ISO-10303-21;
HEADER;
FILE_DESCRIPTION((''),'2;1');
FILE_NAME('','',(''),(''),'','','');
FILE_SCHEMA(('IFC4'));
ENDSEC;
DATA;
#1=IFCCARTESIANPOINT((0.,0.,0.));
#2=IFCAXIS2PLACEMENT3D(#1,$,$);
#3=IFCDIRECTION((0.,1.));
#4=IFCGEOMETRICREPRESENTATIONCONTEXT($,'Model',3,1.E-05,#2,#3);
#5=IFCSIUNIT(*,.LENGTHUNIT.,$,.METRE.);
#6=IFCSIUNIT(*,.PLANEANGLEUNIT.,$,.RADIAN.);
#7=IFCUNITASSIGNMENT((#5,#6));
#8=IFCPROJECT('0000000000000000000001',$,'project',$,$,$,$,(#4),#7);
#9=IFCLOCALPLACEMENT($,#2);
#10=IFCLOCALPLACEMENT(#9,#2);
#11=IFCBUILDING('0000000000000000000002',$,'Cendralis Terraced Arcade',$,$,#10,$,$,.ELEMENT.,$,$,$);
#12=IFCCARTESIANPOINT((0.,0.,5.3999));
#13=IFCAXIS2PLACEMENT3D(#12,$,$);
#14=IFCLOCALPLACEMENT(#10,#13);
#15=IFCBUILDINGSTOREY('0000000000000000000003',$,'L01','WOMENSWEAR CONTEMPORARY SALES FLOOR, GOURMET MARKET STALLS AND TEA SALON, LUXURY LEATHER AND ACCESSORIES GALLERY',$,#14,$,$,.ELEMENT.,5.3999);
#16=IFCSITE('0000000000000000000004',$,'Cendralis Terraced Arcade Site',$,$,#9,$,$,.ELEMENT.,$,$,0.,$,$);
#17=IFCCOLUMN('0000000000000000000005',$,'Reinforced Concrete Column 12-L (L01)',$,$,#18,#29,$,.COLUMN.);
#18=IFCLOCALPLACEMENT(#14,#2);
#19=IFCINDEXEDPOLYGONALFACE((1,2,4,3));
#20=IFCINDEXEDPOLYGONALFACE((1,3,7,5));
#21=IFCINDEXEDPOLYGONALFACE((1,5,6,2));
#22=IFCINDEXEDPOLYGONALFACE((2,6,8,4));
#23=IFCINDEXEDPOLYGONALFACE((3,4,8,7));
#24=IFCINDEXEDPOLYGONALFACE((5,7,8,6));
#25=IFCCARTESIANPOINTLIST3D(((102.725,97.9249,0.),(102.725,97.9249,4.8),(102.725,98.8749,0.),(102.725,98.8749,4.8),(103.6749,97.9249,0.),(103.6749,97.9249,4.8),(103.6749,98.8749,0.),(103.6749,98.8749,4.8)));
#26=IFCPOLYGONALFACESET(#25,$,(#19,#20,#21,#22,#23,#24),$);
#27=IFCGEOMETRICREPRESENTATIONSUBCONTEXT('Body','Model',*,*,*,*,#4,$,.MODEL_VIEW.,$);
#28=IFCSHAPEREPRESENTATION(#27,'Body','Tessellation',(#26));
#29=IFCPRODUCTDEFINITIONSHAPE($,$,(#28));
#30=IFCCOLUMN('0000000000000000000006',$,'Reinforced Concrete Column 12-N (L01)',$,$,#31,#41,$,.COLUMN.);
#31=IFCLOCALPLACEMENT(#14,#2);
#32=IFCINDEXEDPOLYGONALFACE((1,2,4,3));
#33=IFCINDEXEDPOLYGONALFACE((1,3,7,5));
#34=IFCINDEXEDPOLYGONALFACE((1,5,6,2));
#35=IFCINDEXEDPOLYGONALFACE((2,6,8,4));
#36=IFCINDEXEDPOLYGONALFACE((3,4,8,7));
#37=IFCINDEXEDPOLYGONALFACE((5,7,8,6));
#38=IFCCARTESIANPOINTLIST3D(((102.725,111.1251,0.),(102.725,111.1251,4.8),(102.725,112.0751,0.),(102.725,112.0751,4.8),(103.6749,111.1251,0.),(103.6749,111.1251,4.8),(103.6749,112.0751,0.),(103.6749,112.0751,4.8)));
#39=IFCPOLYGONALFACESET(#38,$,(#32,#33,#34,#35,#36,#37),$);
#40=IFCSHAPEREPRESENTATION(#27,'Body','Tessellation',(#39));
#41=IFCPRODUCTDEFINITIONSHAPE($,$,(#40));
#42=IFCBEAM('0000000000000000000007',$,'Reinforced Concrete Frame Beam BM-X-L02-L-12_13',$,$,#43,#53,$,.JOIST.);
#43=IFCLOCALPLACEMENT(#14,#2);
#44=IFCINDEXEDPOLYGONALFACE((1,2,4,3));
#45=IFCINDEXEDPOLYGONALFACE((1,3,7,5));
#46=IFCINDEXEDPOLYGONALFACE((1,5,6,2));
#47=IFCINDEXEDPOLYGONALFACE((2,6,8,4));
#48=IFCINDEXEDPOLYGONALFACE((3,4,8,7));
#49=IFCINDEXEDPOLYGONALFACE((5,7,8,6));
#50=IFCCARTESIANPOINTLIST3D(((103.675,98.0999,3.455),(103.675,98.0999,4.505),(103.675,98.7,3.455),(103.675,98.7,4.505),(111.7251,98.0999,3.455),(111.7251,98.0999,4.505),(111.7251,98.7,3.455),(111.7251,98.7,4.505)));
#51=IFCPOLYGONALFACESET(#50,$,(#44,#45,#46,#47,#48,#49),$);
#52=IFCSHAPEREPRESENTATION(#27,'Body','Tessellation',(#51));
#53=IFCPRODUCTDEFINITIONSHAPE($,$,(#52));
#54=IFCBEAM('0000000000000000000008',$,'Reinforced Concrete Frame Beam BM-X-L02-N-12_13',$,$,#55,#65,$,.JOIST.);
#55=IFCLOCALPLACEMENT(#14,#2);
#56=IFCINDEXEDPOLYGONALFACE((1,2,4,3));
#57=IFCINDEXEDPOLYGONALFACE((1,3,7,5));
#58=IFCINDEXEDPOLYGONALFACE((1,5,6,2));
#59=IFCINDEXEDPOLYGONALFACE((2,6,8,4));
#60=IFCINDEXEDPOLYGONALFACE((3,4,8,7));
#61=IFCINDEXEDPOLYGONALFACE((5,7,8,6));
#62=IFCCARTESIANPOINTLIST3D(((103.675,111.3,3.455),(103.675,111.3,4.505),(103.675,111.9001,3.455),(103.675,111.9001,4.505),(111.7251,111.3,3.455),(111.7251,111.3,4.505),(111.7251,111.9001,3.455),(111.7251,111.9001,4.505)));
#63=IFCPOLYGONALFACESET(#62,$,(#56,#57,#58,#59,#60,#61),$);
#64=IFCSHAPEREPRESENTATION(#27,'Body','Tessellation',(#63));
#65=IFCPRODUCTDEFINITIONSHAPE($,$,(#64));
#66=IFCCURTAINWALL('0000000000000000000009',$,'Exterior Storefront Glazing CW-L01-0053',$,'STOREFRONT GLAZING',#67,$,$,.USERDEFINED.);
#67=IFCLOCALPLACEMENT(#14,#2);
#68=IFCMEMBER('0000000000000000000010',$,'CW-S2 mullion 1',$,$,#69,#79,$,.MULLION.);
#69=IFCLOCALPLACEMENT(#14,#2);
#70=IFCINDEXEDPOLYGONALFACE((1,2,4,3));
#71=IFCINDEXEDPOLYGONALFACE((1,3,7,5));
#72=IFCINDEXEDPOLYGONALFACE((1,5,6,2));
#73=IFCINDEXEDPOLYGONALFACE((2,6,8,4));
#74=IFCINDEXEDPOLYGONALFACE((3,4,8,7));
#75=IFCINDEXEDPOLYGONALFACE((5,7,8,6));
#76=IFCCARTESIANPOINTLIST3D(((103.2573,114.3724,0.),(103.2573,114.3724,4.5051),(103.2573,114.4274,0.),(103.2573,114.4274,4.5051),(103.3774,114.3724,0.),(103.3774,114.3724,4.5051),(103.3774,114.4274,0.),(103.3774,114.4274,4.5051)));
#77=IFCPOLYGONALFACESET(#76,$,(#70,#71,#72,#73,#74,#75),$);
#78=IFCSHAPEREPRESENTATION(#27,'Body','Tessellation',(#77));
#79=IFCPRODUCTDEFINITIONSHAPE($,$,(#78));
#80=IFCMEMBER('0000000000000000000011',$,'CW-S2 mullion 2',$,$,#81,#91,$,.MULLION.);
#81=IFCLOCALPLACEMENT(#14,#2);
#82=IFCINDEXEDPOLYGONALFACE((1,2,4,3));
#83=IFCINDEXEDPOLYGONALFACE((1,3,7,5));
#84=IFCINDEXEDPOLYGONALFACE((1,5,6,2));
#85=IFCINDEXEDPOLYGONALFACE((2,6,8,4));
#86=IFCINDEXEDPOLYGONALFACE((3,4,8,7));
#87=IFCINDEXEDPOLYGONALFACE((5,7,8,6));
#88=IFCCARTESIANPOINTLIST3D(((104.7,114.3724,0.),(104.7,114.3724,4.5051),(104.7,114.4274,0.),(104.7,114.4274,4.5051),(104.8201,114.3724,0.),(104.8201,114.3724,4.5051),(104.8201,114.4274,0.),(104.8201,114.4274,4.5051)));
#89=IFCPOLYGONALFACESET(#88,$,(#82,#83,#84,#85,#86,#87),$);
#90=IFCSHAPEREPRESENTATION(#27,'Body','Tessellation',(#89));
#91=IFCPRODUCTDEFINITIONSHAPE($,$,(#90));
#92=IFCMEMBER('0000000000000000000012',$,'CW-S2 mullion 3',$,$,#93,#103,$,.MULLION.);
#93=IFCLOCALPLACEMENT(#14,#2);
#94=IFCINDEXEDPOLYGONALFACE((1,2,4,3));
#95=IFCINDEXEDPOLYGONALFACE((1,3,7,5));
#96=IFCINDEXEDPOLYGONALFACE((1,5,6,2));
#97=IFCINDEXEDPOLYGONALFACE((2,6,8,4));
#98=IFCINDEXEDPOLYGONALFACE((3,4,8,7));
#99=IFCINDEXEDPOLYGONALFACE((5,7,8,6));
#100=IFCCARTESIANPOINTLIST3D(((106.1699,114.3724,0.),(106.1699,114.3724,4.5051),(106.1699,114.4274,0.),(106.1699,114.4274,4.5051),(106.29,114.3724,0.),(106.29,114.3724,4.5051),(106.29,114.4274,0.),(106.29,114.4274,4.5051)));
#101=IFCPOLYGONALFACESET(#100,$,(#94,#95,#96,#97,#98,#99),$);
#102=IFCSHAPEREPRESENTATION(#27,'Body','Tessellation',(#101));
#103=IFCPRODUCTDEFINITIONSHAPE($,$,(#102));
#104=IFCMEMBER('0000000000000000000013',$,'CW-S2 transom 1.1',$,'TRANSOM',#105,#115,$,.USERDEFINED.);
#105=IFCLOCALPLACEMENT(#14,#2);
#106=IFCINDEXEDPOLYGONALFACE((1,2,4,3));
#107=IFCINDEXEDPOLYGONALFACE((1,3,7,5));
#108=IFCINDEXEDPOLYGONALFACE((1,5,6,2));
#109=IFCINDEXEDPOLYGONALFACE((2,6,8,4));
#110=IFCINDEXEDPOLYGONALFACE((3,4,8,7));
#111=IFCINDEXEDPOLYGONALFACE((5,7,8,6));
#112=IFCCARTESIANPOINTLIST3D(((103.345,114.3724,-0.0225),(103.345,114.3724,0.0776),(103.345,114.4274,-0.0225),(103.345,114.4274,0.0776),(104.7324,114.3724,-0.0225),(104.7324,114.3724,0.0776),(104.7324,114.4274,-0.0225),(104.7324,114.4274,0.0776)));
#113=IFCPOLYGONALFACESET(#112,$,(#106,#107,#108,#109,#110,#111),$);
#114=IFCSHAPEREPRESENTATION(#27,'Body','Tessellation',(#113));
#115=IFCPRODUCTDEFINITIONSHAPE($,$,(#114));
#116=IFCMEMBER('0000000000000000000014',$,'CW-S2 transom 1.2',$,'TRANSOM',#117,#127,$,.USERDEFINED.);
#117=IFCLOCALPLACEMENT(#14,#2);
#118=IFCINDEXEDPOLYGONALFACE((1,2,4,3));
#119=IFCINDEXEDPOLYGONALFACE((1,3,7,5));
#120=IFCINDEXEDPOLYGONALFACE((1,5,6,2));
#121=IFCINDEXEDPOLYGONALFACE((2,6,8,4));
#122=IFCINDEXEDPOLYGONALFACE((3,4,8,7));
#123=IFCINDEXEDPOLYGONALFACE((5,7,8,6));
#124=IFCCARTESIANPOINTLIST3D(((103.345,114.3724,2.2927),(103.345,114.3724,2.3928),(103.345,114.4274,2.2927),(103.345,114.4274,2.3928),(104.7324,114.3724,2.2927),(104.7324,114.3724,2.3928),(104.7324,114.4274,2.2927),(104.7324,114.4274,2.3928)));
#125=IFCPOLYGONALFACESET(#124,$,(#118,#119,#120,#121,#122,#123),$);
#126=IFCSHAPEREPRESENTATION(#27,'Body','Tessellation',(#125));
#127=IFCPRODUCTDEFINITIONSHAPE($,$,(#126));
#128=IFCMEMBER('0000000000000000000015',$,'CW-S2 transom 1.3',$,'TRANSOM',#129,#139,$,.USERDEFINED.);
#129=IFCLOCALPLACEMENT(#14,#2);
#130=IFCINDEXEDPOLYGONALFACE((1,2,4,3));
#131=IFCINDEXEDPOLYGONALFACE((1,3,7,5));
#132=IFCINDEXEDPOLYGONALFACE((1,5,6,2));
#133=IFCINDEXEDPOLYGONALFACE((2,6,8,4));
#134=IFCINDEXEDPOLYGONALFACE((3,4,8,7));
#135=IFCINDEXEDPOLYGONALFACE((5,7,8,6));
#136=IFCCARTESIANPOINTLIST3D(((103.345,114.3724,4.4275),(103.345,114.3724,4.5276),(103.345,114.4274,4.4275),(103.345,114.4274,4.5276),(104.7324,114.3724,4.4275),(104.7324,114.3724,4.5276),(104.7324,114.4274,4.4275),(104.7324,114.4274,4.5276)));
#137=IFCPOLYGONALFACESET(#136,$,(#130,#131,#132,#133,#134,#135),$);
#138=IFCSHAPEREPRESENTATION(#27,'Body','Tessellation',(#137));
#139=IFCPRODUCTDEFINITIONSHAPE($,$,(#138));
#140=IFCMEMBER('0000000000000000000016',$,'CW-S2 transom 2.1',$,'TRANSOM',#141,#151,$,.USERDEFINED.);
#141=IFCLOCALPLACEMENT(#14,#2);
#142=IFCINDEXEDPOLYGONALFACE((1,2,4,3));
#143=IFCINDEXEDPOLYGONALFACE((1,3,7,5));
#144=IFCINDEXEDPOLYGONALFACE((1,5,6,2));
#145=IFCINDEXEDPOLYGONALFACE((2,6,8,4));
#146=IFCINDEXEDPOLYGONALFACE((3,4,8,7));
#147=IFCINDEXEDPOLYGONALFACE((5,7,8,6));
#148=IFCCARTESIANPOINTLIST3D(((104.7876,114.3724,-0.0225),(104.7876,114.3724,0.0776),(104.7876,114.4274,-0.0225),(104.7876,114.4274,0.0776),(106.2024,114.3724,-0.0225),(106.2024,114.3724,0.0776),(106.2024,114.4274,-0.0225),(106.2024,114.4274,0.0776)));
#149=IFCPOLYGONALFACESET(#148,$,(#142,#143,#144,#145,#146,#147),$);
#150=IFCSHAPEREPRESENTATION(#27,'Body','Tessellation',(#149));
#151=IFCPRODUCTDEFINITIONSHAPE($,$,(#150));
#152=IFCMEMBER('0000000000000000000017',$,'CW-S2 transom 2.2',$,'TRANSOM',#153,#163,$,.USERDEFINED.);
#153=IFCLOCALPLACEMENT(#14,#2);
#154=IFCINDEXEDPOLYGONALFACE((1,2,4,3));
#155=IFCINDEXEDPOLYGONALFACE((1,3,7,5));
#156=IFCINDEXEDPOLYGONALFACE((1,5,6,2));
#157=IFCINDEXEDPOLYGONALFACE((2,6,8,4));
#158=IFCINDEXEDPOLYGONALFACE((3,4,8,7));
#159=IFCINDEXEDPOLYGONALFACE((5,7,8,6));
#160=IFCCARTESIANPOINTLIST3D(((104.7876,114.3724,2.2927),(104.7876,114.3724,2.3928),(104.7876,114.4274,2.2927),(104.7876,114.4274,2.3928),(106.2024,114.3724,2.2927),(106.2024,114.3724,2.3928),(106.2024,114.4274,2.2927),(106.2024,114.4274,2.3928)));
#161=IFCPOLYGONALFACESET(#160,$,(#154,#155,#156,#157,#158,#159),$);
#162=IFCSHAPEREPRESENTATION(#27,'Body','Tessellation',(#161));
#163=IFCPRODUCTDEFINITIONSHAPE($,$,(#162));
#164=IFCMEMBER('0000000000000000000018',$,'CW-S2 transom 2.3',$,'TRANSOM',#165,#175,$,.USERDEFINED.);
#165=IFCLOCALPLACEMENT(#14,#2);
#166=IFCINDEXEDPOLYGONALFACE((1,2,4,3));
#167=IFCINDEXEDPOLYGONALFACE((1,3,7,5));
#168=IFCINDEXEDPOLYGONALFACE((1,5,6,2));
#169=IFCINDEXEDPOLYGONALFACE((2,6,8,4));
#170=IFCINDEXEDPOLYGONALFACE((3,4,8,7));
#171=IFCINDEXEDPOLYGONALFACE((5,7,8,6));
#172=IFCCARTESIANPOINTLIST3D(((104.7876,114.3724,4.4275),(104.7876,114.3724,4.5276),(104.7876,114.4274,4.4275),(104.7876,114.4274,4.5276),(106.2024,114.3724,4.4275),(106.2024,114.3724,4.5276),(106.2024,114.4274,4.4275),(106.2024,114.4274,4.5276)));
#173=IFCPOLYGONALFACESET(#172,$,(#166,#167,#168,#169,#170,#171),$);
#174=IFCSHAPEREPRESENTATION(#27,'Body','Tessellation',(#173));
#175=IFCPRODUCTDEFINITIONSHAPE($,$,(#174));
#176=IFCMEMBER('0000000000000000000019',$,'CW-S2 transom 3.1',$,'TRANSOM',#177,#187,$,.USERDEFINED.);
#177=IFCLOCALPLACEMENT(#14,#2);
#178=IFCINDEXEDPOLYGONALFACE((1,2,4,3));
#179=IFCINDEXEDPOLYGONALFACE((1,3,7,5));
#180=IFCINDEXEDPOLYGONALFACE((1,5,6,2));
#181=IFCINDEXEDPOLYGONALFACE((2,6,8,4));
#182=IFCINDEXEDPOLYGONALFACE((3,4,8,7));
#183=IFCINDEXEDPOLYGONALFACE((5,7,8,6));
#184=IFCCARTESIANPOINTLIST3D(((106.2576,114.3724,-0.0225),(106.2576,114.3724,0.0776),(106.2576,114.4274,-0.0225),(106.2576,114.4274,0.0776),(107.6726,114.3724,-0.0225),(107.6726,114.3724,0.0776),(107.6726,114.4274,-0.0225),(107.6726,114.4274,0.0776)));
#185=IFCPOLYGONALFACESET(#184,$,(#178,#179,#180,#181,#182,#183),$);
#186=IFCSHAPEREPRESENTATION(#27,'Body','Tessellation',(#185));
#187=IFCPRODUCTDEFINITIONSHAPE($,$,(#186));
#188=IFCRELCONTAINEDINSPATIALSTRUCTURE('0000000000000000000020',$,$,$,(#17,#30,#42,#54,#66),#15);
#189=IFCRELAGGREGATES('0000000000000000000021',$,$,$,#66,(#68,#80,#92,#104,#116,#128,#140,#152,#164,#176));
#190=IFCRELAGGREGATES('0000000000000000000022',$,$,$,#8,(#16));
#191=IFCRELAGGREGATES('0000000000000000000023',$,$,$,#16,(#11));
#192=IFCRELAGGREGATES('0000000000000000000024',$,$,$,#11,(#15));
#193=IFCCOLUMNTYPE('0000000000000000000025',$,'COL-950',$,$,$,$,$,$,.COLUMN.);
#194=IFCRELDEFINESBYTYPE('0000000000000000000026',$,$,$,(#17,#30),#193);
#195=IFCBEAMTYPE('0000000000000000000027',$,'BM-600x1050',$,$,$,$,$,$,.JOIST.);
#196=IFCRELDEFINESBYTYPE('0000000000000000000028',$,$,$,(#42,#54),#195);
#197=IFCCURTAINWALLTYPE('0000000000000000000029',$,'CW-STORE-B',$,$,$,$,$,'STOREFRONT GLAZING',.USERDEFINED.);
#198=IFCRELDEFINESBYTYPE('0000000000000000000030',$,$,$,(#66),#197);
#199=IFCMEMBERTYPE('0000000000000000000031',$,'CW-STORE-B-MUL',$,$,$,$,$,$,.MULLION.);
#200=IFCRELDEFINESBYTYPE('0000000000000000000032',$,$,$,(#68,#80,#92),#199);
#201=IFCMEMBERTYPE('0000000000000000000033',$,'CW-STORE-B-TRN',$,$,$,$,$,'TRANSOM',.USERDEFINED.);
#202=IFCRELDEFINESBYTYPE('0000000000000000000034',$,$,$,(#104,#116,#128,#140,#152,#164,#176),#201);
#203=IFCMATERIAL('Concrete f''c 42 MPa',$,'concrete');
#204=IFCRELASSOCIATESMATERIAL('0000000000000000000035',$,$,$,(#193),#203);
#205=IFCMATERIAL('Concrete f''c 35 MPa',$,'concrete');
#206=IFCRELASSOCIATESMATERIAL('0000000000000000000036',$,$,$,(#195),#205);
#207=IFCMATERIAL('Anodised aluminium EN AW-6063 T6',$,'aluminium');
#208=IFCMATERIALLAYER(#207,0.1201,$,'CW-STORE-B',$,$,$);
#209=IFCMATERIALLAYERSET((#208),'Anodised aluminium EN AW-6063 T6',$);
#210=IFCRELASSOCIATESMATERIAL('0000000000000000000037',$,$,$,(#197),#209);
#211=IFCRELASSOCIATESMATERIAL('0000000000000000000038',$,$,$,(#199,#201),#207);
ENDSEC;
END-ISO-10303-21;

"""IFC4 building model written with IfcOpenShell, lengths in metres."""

from ifc_helpers import new_model, si_unit, direction, frame, origin, origin_2d, place, context, subcontext, project, spatial, rectangle, extrude, material, layer, layer_set, material_profile, profile_set, type_object, element, aggregate, save


model = new_model("IFC4")

# Units and contexts
model_context = context("Model", 3, precision=1e-05, world=origin(), true_north=direction((0.0, 1.0)))
body_context = subcontext(model_context, "Body", "Model", "MODEL_VIEW")
ifc_project = project(units=[si_unit("LENGTHUNIT", "METRE"), si_unit("PLANEANGLEUNIT", "RADIAN")], contexts=[model_context])

# Site, building, storey
site_placement = place(None, origin())
site = spatial("IfcSite", under=ifc_project, at=site_placement, Name="Cendralis Terraced Arcade Site", CompositionType="ELEMENT", RefElevation=0.0)
building_placement = place(site_placement, origin())
building = spatial("IfcBuilding", under=site, at=building_placement, Name="Cendralis Terraced Arcade", CompositionType="ELEMENT")
storey_placement = place(building_placement, frame((0.0, 0.0, 5.3999)))
storey = spatial("IfcBuildingStorey", under=building, at=storey_placement, Name="L01", Description="WOMENSWEAR CONTEMPORARY SALES FLOOR, GOURMET MARKET STALLS AND TEA SALON, LUXURY LEATHER AND ACCESSORIES GALLERY", CompositionType="ELEMENT", Elevation=5.3999)

# Columns
ifc_material_1 = material(Name="Concrete f'c 42 MPa", Category="concrete")
ifc_material_profile_1 = material_profile(ifc_material_1, rectangle(XDim=0.95, YDim=0.95, at=origin_2d()), Name="RC-COL-950x950", Category="LoadBearing")
ifc_profile_set_1 = profile_set([ifc_material_profile_1], Name="Concrete f'c 42 MPa")
column_type = type_object("IfcColumnType", Name="COL-950", PredefinedType="COLUMN", material=ifc_profile_set_1)
for number, where, z_axis, x_axis, name in (
    (1, (103.2, 98.3999, 0.0), (0.0, 0.0, 1.0), (1.0, 0.0, 0.0), "Reinforced Concrete Column 12-L (L01)"),
    (2, (103.2, 111.6001, 0.0), (0.0, 0.0, 1.0), (1.0, 0.0, 0.0), "Reinforced Concrete Column 12-N (L01)"),
):
    element("IfcColumn", number, at=place(storey_placement, frame(where, z_axis=z_axis, x_axis=x_axis)), inside=storey, type_object=column_type, Name=name, PredefinedType="COLUMN", context=body_context, shape_type="SweptSolid", body=[
        extrude(rectangle(XDim=0.95, YDim=0.95, at=origin_2d()), origin(), (0.0, 0.0, 1.0), 4.8),
    ])

# Beams
ifc_material_2 = material(Name="Concrete f'c 35 MPa", Category="concrete")
ifc_material_profile_2 = material_profile(ifc_material_2, rectangle(XDim=0.6001, YDim=1.05, at=origin_2d()), Name="RC-BM-600x1050", Category="LoadBearing")
ifc_profile_set_2 = profile_set([ifc_material_profile_2], Name="Concrete f'c 35 MPa")
beam_type = type_object("IfcBeamType", Name="BM-600x1050", PredefinedType="JOIST", material=ifc_profile_set_2)
for number, where, z_axis, x_axis, name in (
    (3, (103.675, 98.3999, 3.98), (1.0, 0.0, 0.0), (0.0, 1.0, 0.0), "Reinforced Concrete Frame Beam BM-X-L02-L-12_13"),
    (4, (103.675, 111.6001, 3.98), (1.0, 0.0, 0.0), (0.0, 1.0, 0.0), "Reinforced Concrete Frame Beam BM-X-L02-N-12_13"),
):
    element("IfcBeam", number, at=place(storey_placement, frame(where, z_axis=z_axis, x_axis=x_axis)), inside=storey, type_object=beam_type, Name=name, PredefinedType="JOIST", context=body_context, shape_type="SweptSolid", body=[
        extrude(rectangle(XDim=0.6001, YDim=1.05, at=origin_2d()), origin(), (0.0, 0.0, 1.0), 8.05),
    ])

# Curtain wall, members
ifc_material_3 = material(Name="Anodised aluminium EN AW-6063 T6", Category="aluminium")
ifc_layer_1 = layer(ifc_material_3, 0.1201, Name="CW-STORE-B")
ifc_layer_set_1 = layer_set([ifc_layer_1], Name="Anodised aluminium EN AW-6063 T6")
curtain_wall_type = type_object("IfcCurtainWallType", Name="CW-STORE-B", ElementType="STOREFRONT GLAZING", PredefinedType="USERDEFINED", material=ifc_layer_set_1)
curtain_wall_placement = place(storey_placement, origin())
curtain_wall = element("IfcCurtainWall", 5, at=curtain_wall_placement, inside=storey, type_object=curtain_wall_type, Name="Exterior Storefront Glazing CW-L01-0053", ObjectType="STOREFRONT GLAZING", PredefinedType="USERDEFINED")
ifc_material_profile_3 = material_profile(ifc_material_3, rectangle(XDim=0.0549, YDim=0.1201, at=origin_2d()), Name="ALU-MUL-55x120")
ifc_profile_set_3 = profile_set([ifc_material_profile_3], Name="Anodised aluminium EN AW-6063 T6")
member_type_1 = type_object("IfcMemberType", Name="CW-STORE-B-MUL", PredefinedType="MULLION", material=ifc_profile_set_3)
member_1_placement = place(storey_placement, frame((103.3174, 114.3999, 0.0), z_axis=(0.0, 0.0, 1.0), x_axis=(0.0, 1.0, 0.0)))
member_1 = element("IfcMember", 6, at=member_1_placement, type_object=member_type_1, Name="CW-S2 mullion 1", PredefinedType="MULLION", context=body_context, shape_type="SweptSolid", body=[
    extrude(rectangle(XDim=0.0549, YDim=0.1201, at=origin_2d()), origin(), (0.0, 0.0, 1.0), 4.5051),
])
member_2_placement = place(storey_placement, frame((104.76, 114.3999, 0.0), z_axis=(0.0, 0.0, 1.0), x_axis=(0.0, 1.0, 0.0)))
member_2 = element("IfcMember", 7, at=member_2_placement, type_object=member_type_1, Name="CW-S2 mullion 2", PredefinedType="MULLION", context=body_context, shape_type="SweptSolid", body=[
    extrude(rectangle(XDim=0.0549, YDim=0.1201, at=origin_2d()), origin(), (0.0, 0.0, 1.0), 4.5051),
])
member_3_placement = place(storey_placement, frame((106.23, 114.3999, 0.0), z_axis=(0.0, 0.0, 1.0), x_axis=(0.0, 1.0, 0.0)))
member_3 = element("IfcMember", 8, at=member_3_placement, type_object=member_type_1, Name="CW-S2 mullion 3", PredefinedType="MULLION", context=body_context, shape_type="SweptSolid", body=[
    extrude(rectangle(XDim=0.0549, YDim=0.1201, at=origin_2d()), origin(), (0.0, 0.0, 1.0), 4.5051),
])
ifc_material_profile_4 = material_profile(ifc_material_3, rectangle(XDim=0.0549, YDim=0.1001, at=origin_2d()), Name="ALU-TRN-55x100")
ifc_profile_set_4 = profile_set([ifc_material_profile_4], Name="Anodised aluminium EN AW-6063 T6")
member_type_2 = type_object("IfcMemberType", Name="CW-STORE-B-TRN", ElementType="TRANSOM", PredefinedType="USERDEFINED", material=ifc_profile_set_4)
member_4_placement = place(storey_placement, frame((103.345, 114.3999, 0.0276), z_axis=(1.0, 0.0, 0.0), x_axis=(0.0, 1.0, 0.0)))
member_4 = element("IfcMember", 9, at=member_4_placement, type_object=member_type_2, Name="CW-S2 transom 1.1", ObjectType="TRANSOM", PredefinedType="USERDEFINED", context=body_context, shape_type="SweptSolid", body=[
    extrude(rectangle(XDim=0.0549, YDim=0.1001, at=origin_2d()), origin(), (0.0, 0.0, 1.0), 1.3875),
])
member_5_placement = place(storey_placement, frame((103.345, 114.3999, 2.3428), z_axis=(1.0, 0.0, 0.0), x_axis=(0.0, 1.0, 0.0)))
member_5 = element("IfcMember", 10, at=member_5_placement, type_object=member_type_2, Name="CW-S2 transom 1.2", ObjectType="TRANSOM", PredefinedType="USERDEFINED", context=body_context, shape_type="SweptSolid", body=[
    extrude(rectangle(XDim=0.0549, YDim=0.1001, at=origin_2d()), origin(), (0.0, 0.0, 1.0), 1.3875),
])
member_6_placement = place(storey_placement, frame((103.345, 114.3999, 4.4775), z_axis=(1.0, 0.0, 0.0), x_axis=(0.0, 1.0, 0.0)))
member_6 = element("IfcMember", 11, at=member_6_placement, type_object=member_type_2, Name="CW-S2 transom 1.3", ObjectType="TRANSOM", PredefinedType="USERDEFINED", context=body_context, shape_type="SweptSolid", body=[
    extrude(rectangle(XDim=0.0549, YDim=0.1001, at=origin_2d()), origin(), (0.0, 0.0, 1.0), 1.3875),
])
member_7_placement = place(storey_placement, frame((104.7876, 114.3999, 0.0276), z_axis=(1.0, 0.0, 0.0), x_axis=(0.0, 1.0, 0.0)))
member_7 = element("IfcMember", 12, at=member_7_placement, type_object=member_type_2, Name="CW-S2 transom 2.1", ObjectType="TRANSOM", PredefinedType="USERDEFINED", context=body_context, shape_type="SweptSolid", body=[
    extrude(rectangle(XDim=0.0549, YDim=0.1001, at=origin_2d()), origin(), (0.0, 0.0, 1.0), 1.4148),
])
member_8_placement = place(storey_placement, frame((104.7876, 114.3999, 2.3428), z_axis=(1.0, 0.0, 0.0), x_axis=(0.0, 1.0, 0.0)))
member_8 = element("IfcMember", 13, at=member_8_placement, type_object=member_type_2, Name="CW-S2 transom 2.2", ObjectType="TRANSOM", PredefinedType="USERDEFINED", context=body_context, shape_type="SweptSolid", body=[
    extrude(rectangle(XDim=0.0549, YDim=0.1001, at=origin_2d()), origin(), (0.0, 0.0, 1.0), 1.4148),
])
member_9_placement = place(storey_placement, frame((104.7876, 114.3999, 4.4775), z_axis=(1.0, 0.0, 0.0), x_axis=(0.0, 1.0, 0.0)))
member_9 = element("IfcMember", 14, at=member_9_placement, type_object=member_type_2, Name="CW-S2 transom 2.3", ObjectType="TRANSOM", PredefinedType="USERDEFINED", context=body_context, shape_type="SweptSolid", body=[
    extrude(rectangle(XDim=0.0549, YDim=0.1001, at=origin_2d()), origin(), (0.0, 0.0, 1.0), 1.4148),
])
member_10_placement = place(storey_placement, frame((106.2576, 114.3999, 0.0276), z_axis=(1.0, 0.0, 0.0), x_axis=(0.0, 1.0, 0.0)))
member_10 = element("IfcMember", 15, at=member_10_placement, type_object=member_type_2, Name="CW-S2 transom 3.1", ObjectType="TRANSOM", PredefinedType="USERDEFINED", context=body_context, shape_type="SweptSolid", body=[
    extrude(rectangle(XDim=0.0549, YDim=0.1001, at=origin_2d()), origin(), (0.0, 0.0, 1.0), 1.415),
])
aggregate(curtain_wall, [member_1, member_2, member_3, member_4, member_5, member_6, member_7, member_8, member_9, member_10])

save(model, "model.ifc")
